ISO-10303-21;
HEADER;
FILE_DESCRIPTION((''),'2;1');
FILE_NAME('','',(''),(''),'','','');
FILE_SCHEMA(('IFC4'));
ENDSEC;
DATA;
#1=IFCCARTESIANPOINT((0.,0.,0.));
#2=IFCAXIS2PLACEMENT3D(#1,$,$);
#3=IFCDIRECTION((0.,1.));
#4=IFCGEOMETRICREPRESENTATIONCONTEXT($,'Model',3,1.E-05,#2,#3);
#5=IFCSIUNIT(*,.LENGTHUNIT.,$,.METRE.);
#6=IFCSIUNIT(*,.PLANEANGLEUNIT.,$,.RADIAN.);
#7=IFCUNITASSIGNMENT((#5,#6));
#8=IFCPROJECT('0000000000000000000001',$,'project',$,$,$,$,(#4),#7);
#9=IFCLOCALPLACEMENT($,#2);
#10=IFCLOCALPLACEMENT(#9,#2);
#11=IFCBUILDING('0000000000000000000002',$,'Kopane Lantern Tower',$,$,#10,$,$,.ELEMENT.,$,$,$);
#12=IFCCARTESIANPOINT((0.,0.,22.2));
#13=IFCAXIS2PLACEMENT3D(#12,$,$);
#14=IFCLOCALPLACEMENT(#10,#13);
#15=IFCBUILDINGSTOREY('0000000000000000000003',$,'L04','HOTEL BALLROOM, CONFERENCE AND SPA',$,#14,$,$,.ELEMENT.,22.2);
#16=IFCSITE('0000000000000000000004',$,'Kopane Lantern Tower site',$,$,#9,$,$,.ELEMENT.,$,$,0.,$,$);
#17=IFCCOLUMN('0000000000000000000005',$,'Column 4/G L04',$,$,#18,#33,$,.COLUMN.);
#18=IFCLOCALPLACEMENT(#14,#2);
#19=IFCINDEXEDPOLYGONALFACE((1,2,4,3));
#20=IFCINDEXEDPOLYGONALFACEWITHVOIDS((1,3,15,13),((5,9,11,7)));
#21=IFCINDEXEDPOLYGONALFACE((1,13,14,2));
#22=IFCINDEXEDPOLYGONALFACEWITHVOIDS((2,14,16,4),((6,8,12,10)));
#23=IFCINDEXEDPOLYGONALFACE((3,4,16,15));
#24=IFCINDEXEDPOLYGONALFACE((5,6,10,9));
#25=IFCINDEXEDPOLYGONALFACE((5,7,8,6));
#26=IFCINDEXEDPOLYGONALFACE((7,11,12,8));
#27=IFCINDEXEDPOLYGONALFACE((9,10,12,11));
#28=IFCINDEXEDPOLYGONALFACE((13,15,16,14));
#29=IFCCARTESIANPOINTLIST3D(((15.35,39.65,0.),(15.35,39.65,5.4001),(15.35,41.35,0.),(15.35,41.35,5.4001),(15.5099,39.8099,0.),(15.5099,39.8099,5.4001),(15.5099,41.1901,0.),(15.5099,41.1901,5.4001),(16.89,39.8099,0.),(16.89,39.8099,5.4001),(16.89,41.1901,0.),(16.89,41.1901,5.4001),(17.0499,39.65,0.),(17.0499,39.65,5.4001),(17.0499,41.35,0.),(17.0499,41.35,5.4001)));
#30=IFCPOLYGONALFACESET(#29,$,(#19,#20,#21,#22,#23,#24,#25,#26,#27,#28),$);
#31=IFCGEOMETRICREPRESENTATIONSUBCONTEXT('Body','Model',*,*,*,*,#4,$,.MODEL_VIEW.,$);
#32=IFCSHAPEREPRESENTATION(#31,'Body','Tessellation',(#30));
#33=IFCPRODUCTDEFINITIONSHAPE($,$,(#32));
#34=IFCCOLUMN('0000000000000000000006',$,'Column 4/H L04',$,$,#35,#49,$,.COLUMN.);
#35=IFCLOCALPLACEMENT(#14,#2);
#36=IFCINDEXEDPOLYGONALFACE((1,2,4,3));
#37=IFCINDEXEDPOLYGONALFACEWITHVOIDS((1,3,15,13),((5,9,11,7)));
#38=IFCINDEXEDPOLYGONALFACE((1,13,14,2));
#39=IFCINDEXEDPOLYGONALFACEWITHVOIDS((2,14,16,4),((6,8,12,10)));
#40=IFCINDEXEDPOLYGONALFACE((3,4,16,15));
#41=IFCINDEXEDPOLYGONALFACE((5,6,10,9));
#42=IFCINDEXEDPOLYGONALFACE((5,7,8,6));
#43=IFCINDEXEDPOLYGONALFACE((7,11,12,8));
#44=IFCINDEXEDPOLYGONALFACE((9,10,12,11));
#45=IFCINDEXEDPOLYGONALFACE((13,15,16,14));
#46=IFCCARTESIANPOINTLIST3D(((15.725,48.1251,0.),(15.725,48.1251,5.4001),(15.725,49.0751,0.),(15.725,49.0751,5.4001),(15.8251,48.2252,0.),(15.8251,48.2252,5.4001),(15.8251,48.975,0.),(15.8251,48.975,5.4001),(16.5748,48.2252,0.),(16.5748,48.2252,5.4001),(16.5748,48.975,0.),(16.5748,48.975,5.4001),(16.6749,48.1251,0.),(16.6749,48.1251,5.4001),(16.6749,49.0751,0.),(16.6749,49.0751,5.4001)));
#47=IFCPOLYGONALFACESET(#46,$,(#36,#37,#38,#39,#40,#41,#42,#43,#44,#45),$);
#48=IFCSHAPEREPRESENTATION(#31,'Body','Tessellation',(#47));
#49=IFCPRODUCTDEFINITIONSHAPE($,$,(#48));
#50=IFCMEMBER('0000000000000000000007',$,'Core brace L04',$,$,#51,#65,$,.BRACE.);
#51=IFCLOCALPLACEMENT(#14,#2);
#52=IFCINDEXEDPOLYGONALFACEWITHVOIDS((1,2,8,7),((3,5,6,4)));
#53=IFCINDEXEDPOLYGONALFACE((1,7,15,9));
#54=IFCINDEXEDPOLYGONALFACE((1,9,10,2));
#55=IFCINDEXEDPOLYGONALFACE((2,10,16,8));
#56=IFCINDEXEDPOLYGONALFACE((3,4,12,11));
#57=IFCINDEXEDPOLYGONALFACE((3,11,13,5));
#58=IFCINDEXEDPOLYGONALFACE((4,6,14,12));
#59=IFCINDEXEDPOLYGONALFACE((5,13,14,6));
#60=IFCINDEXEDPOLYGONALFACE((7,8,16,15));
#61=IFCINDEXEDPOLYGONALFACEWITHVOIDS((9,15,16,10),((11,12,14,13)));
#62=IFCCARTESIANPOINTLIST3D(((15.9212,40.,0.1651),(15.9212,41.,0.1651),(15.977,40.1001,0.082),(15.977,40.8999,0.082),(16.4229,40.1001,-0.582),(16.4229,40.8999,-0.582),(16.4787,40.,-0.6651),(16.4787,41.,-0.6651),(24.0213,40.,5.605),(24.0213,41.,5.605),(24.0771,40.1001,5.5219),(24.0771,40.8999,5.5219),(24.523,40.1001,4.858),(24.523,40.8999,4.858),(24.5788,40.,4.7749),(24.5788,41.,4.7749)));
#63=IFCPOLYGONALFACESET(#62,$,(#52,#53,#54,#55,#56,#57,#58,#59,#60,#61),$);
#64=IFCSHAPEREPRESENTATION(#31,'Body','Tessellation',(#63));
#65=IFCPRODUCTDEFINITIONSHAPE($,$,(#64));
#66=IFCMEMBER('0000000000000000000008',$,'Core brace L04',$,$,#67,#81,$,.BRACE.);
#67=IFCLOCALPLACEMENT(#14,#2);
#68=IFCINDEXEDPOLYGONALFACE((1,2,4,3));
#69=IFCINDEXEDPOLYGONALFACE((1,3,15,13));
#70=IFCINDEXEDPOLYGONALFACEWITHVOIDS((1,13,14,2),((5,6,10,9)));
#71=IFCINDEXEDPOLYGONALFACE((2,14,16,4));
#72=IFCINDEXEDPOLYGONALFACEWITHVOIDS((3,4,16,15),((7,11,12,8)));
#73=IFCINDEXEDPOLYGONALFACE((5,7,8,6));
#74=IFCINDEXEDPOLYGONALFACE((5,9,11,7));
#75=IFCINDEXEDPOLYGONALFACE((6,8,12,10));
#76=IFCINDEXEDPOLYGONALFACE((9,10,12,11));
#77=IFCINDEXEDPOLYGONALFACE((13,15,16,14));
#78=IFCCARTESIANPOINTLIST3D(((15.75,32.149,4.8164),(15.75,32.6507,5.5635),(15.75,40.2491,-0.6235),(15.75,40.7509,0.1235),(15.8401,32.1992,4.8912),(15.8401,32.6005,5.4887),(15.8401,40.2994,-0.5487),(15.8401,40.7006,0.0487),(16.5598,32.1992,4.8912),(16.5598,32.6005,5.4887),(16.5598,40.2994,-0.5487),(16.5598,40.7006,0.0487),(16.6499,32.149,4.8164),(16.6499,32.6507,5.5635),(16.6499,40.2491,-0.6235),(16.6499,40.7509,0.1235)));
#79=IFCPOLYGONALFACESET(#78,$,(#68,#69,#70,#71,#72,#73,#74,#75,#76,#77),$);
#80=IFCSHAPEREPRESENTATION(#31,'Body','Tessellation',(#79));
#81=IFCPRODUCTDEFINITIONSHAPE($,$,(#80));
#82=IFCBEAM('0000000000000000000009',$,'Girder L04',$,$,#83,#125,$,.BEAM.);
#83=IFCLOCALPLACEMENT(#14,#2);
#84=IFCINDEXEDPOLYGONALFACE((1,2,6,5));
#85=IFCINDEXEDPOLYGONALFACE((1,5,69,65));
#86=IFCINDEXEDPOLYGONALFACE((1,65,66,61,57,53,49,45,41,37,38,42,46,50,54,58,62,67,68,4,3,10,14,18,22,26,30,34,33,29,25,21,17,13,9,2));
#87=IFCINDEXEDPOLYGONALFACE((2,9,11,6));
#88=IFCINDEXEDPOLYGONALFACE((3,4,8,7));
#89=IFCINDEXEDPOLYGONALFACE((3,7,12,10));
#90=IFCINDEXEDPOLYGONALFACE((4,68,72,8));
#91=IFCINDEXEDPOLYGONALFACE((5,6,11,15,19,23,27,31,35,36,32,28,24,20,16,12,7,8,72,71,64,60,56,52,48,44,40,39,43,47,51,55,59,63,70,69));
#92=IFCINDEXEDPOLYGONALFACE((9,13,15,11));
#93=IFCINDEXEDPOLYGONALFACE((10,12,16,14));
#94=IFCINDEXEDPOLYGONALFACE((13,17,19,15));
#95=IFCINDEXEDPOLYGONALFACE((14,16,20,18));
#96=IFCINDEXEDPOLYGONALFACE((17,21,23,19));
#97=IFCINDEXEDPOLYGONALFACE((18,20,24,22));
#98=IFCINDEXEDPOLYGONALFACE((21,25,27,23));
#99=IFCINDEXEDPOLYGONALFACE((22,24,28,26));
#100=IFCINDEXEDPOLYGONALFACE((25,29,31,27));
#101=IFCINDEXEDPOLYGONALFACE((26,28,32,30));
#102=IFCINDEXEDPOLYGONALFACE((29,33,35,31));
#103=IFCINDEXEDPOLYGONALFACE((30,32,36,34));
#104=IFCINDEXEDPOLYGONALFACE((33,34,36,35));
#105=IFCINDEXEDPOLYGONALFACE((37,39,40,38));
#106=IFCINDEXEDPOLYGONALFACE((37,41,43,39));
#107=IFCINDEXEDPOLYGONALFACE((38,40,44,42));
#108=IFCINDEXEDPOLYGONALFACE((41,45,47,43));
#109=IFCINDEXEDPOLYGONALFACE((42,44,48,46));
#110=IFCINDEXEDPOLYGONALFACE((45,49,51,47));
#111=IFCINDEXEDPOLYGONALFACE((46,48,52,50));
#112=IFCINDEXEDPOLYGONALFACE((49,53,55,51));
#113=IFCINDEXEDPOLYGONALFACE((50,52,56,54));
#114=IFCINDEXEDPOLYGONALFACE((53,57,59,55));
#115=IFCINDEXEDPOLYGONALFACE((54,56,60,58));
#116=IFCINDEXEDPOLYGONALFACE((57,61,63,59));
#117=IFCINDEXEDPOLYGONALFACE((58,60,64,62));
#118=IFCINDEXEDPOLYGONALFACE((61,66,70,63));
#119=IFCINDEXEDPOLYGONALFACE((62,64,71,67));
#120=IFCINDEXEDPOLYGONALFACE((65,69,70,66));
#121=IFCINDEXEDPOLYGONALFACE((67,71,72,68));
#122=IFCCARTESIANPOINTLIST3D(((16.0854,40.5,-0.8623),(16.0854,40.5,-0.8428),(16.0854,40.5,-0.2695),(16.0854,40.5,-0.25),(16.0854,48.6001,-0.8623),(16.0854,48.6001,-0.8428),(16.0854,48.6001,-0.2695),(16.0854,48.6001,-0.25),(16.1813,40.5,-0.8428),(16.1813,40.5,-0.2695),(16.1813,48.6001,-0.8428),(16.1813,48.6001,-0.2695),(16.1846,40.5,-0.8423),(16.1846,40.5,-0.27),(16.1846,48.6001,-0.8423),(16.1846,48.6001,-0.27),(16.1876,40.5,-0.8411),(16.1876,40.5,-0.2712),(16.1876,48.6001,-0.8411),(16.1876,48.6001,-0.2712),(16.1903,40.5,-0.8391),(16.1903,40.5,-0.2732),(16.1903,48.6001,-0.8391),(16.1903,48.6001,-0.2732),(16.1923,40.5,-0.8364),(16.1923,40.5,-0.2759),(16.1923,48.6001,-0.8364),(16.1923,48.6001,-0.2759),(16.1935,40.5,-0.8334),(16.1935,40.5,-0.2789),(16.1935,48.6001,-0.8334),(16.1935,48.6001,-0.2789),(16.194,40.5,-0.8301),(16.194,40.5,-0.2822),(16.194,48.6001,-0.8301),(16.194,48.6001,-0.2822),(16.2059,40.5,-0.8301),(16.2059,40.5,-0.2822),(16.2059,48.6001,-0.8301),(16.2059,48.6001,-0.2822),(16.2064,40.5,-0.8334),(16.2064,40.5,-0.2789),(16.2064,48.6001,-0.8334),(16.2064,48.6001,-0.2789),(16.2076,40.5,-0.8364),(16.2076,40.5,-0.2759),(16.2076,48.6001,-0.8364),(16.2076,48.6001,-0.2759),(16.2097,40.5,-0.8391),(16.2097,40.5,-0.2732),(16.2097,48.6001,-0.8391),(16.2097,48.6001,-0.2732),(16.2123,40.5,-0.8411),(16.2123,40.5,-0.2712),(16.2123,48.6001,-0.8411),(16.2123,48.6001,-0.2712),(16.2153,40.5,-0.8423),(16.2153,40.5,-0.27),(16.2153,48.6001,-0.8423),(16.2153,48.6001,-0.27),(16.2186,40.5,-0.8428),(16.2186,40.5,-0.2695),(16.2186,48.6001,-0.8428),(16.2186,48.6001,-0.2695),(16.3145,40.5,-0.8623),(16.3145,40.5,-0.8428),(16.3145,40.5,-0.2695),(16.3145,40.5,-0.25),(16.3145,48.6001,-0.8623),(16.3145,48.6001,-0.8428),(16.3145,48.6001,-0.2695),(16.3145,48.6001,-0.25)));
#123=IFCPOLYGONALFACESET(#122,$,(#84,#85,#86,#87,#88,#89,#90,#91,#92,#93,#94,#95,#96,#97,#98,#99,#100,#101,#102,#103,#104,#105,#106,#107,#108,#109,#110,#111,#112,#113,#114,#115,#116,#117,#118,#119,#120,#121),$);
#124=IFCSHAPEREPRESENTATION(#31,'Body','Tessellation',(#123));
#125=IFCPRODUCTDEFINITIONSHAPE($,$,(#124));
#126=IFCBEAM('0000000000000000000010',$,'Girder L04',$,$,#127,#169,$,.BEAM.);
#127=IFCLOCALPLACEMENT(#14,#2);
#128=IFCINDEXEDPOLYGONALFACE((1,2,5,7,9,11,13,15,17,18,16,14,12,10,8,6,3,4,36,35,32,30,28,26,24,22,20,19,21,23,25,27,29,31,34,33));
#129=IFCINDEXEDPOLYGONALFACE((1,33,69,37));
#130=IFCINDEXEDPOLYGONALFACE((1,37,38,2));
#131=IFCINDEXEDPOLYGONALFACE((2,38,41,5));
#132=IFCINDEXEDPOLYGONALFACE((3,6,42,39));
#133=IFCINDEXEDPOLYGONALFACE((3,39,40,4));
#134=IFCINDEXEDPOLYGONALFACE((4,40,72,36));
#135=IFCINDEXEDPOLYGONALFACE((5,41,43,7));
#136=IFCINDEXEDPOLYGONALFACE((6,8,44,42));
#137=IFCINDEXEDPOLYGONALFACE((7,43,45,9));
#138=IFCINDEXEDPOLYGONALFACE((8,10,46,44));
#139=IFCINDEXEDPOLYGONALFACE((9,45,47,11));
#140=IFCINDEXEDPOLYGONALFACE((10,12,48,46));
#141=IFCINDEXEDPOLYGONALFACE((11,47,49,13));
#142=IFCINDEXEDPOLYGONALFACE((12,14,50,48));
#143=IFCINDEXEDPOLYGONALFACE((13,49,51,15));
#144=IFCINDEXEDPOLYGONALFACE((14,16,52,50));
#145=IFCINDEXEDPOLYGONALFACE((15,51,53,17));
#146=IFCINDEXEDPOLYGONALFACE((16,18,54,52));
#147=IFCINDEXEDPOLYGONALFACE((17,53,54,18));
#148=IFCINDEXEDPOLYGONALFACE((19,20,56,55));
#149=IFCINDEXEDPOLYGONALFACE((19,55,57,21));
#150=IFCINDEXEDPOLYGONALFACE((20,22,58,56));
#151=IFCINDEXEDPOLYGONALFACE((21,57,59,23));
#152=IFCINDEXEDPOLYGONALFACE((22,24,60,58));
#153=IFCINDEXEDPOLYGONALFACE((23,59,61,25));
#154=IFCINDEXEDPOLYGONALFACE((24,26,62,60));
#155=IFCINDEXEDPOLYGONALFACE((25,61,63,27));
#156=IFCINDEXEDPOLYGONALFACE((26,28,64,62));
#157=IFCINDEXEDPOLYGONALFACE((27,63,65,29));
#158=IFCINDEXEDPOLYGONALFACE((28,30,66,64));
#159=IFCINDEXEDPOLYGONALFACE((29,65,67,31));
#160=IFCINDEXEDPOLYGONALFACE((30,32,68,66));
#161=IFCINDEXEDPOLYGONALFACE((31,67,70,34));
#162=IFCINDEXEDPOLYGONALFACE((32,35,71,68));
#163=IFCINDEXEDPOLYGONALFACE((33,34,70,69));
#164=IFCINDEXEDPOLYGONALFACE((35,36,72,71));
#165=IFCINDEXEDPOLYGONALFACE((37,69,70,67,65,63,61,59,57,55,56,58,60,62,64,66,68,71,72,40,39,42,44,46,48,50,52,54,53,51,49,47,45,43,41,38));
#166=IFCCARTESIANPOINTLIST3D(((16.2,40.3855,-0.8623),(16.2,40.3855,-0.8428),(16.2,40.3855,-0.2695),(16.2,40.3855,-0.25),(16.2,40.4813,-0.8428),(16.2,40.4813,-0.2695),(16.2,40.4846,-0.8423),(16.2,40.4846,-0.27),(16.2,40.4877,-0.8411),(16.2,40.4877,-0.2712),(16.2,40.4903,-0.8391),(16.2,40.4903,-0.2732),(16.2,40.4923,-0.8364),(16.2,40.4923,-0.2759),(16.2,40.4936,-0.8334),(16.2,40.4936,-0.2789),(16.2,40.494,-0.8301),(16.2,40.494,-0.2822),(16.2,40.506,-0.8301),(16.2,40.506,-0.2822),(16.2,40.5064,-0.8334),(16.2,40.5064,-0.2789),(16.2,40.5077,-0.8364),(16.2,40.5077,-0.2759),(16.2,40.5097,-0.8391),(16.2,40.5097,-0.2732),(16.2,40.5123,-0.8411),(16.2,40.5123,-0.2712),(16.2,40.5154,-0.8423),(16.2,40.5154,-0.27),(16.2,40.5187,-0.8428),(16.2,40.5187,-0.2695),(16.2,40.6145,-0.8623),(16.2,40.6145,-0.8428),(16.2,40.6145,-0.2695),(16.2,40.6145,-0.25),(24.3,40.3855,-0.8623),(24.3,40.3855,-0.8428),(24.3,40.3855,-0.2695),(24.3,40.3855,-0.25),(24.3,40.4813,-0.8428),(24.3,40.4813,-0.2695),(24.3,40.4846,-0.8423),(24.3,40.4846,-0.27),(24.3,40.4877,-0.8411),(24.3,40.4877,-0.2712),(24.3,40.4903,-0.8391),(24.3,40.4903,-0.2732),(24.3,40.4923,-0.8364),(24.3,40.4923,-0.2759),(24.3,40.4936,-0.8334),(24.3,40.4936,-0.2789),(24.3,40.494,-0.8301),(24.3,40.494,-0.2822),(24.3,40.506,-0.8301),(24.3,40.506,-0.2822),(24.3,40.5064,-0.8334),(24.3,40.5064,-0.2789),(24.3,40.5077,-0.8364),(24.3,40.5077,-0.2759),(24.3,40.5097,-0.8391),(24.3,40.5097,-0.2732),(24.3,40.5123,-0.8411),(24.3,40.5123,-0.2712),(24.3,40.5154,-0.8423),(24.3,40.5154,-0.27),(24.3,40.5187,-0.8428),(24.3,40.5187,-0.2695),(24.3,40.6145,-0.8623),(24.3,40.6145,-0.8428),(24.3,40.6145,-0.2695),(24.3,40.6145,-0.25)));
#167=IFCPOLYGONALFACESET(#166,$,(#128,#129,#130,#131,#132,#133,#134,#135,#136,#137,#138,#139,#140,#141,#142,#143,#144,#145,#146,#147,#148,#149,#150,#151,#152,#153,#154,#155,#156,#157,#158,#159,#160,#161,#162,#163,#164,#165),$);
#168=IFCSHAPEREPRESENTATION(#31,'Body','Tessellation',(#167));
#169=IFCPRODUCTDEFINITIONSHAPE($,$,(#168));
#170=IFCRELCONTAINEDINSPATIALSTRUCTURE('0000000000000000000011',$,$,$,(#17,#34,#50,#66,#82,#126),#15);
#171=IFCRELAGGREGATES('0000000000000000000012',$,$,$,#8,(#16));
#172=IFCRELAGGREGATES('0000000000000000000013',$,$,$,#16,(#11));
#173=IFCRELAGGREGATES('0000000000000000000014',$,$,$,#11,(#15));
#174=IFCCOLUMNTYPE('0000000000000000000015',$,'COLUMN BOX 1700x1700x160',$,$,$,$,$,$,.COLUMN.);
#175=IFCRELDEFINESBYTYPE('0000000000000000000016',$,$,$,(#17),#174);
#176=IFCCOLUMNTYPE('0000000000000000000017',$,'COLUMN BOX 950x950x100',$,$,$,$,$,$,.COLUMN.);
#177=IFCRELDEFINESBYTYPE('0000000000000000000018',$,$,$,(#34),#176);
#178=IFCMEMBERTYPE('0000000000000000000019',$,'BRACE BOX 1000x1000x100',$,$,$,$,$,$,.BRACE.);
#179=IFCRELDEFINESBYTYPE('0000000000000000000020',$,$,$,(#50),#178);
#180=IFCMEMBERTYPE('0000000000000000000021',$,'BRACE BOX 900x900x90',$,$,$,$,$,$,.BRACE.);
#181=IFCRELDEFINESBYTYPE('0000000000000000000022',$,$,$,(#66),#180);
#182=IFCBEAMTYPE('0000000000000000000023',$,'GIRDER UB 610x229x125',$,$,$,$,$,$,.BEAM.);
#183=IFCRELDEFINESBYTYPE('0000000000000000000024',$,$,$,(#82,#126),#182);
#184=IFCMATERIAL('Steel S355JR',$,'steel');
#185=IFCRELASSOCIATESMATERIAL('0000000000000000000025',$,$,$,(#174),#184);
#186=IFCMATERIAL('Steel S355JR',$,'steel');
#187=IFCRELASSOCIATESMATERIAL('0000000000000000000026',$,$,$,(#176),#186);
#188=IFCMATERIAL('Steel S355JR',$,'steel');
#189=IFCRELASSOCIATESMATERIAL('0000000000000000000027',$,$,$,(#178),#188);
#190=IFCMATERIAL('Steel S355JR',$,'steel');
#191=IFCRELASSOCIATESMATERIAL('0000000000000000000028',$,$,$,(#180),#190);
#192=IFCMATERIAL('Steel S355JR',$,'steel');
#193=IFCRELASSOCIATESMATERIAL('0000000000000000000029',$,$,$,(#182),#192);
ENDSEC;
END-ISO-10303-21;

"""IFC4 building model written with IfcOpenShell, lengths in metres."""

from ifc_helpers import new_model, si_unit, direction, frame, origin, origin_2d, place, context, subcontext, project, spatial, hollow_rectangle, i_section, extrude, material, material_profile, profile_set, type_object, element, save


model = new_model("IFC4")

# Units and contexts
model_context = context("Model", 3, precision=1e-05, world=origin(), true_north=direction((0.0, 1.0)))
body_context = subcontext(model_context, "Body", "Model", "MODEL_VIEW")
ifc_project = project(units=[si_unit("LENGTHUNIT", "METRE"), si_unit("PLANEANGLEUNIT", "RADIAN")], contexts=[model_context])

# Site, building, storey
site_placement = place(None, origin())
site = spatial("IfcSite", under=ifc_project, at=site_placement, Name="Kopane Lantern Tower site", CompositionType="ELEMENT", RefElevation=0.0)
building_placement = place(site_placement, origin())
building = spatial("IfcBuilding", under=site, at=building_placement, Name="Kopane Lantern Tower", CompositionType="ELEMENT")
storey_placement = place(building_placement, frame((0.0, 0.0, 22.2)))
storey = spatial("IfcBuildingStorey", under=building, at=storey_placement, Name="L04", Description="HOTEL BALLROOM, CONFERENCE AND SPA", CompositionType="ELEMENT", Elevation=22.2)

# Columns
ifc_material_1 = material(Name="Steel S355JR", Category="steel")
ifc_material_profile_1 = material_profile(ifc_material_1, hollow_rectangle(XDim=1.7, YDim=1.7, WallThickness=0.1599, at=origin_2d()), Name="BOX 1700x1700x160")
ifc_profile_set_1 = profile_set([ifc_material_profile_1], Name="Steel S355JR")
column_type_1 = type_object("IfcColumnType", Name="COLUMN BOX 1700x1700x160", PredefinedType="COLUMN", material=ifc_profile_set_1)
column_1_placement = place(storey_placement, frame((16.2, 40.5, 0.0), z_axis=(0.0, 0.0, 1.0), x_axis=(1.0, 0.0, 0.0)))
element("IfcColumn", 1, at=column_1_placement, inside=storey, type_object=column_type_1, Name="Column 4/G L04", PredefinedType="COLUMN", context=body_context, shape_type="SweptSolid", body=[
    extrude(hollow_rectangle(XDim=1.7, YDim=1.7, WallThickness=0.1599, at=origin_2d()), origin(), (0.0, 0.0, 1.0), 5.4001),
])
ifc_material_2 = material(Name="Steel S355JR", Category="steel")
ifc_material_profile_2 = material_profile(ifc_material_2, hollow_rectangle(XDim=0.95, YDim=0.95, WallThickness=0.1001, at=origin_2d()), Name="BOX 950x950x100")
ifc_profile_set_2 = profile_set([ifc_material_profile_2], Name="Steel S355JR")
column_type_2 = type_object("IfcColumnType", Name="COLUMN BOX 950x950x100", PredefinedType="COLUMN", material=ifc_profile_set_2)
column_2_placement = place(storey_placement, frame((16.2, 48.6001, 0.0), z_axis=(0.0, 0.0, 1.0), x_axis=(1.0, 0.0, 0.0)))
element("IfcColumn", 2, at=column_2_placement, inside=storey, type_object=column_type_2, Name="Column 4/H L04", PredefinedType="COLUMN", context=body_context, shape_type="SweptSolid", body=[
    extrude(hollow_rectangle(XDim=0.95, YDim=0.95, WallThickness=0.1001, at=origin_2d()), origin(), (0.0, 0.0, 1.0), 5.4001),
])

# Members
ifc_material_3 = material(Name="Steel S355JR", Category="steel")
ifc_material_profile_3 = material_profile(ifc_material_3, hollow_rectangle(XDim=1.0, YDim=1.0, WallThickness=0.1001, at=origin_2d()), Name="BOX 1000x1000x100")
ifc_profile_set_3 = profile_set([ifc_material_profile_3], Name="Steel S355JR")
member_type_1 = type_object("IfcMemberType", Name="BRACE BOX 1000x1000x100", PredefinedType="BRACE", material=ifc_profile_set_3)
member_1_placement = place(storey_placement, frame((16.2, 40.5, -0.25), z_axis=(0.830159, 0.0, 0.557526), x_axis=(0.0, 1.0, 0.0)))
element("IfcMember", 3, at=member_1_placement, inside=storey, type_object=member_type_1, Name="Core brace L04", PredefinedType="BRACE", context=body_context, shape_type="SweptSolid", body=[
    extrude(hollow_rectangle(XDim=1.0, YDim=1.0, WallThickness=0.1001, at=origin_2d()), origin(), (0.0, 0.0, 1.0), 9.7573),
])
ifc_material_4 = material(Name="Steel S355JR", Category="steel")
ifc_material_profile_4 = material_profile(ifc_material_4, hollow_rectangle(XDim=0.8999, YDim=0.8999, WallThickness=0.0901, at=origin_2d()), Name="BOX 900x900x90")
ifc_profile_set_4 = profile_set([ifc_material_profile_4], Name="Steel S355JR")
member_type_2 = type_object("IfcMemberType", Name="BRACE BOX 900x900x90", PredefinedType="BRACE", material=ifc_profile_set_4)
member_2_placement = place(storey_placement, frame((16.2, 40.5, -0.25), z_axis=(0.0, -0.830159, 0.557526), x_axis=(1.0, 0.0, 0.0)))
element("IfcMember", 4, at=member_2_placement, inside=storey, type_object=member_type_2, Name="Core brace L04", PredefinedType="BRACE", context=body_context, shape_type="SweptSolid", body=[
    extrude(hollow_rectangle(XDim=0.8999, YDim=0.8999, WallThickness=0.0901, at=origin_2d()), origin(), (0.0, 0.0, 1.0), 9.7573),
])

# Beams
ifc_material_5 = material(Name="Steel S355JR", Category="steel")
ifc_material_profile_5 = material_profile(ifc_material_5, i_section(OverallWidth=0.229, OverallDepth=0.6123, WebThickness=0.012, FlangeThickness=0.0195, FilletRadius=0.0127, at=origin_2d()), Name="UB 610x229x125")
ifc_profile_set_5 = profile_set([ifc_material_profile_5], Name="Steel S355JR")
beam_type = type_object("IfcBeamType", Name="GIRDER UB 610x229x125", PredefinedType="BEAM", material=ifc_profile_set_5)
for number, where, z_axis, x_axis, name in (
    (5, (16.2, 40.5, -0.5562), (0.0, 1.0, 0.0), (-1.0, 0.0, 0.0), "Girder L04"),
    (6, (16.2, 40.5, -0.5562), (1.0, 0.0, 0.0), (0.0, 1.0, 0.0), "Girder L04"),
):
    element("IfcBeam", number, at=place(storey_placement, frame(where, z_axis=z_axis, x_axis=x_axis)), inside=storey, type_object=beam_type, Name=name, PredefinedType="BEAM", context=body_context, shape_type="SweptSolid", body=[
        extrude(i_section(OverallWidth=0.229, OverallDepth=0.6123, WebThickness=0.012, FlangeThickness=0.0195, FilletRadius=0.0127, at=origin_2d()), origin(), (0.0, 0.0, 1.0), 8.1001),
    ])

save(model, "model.ifc")
